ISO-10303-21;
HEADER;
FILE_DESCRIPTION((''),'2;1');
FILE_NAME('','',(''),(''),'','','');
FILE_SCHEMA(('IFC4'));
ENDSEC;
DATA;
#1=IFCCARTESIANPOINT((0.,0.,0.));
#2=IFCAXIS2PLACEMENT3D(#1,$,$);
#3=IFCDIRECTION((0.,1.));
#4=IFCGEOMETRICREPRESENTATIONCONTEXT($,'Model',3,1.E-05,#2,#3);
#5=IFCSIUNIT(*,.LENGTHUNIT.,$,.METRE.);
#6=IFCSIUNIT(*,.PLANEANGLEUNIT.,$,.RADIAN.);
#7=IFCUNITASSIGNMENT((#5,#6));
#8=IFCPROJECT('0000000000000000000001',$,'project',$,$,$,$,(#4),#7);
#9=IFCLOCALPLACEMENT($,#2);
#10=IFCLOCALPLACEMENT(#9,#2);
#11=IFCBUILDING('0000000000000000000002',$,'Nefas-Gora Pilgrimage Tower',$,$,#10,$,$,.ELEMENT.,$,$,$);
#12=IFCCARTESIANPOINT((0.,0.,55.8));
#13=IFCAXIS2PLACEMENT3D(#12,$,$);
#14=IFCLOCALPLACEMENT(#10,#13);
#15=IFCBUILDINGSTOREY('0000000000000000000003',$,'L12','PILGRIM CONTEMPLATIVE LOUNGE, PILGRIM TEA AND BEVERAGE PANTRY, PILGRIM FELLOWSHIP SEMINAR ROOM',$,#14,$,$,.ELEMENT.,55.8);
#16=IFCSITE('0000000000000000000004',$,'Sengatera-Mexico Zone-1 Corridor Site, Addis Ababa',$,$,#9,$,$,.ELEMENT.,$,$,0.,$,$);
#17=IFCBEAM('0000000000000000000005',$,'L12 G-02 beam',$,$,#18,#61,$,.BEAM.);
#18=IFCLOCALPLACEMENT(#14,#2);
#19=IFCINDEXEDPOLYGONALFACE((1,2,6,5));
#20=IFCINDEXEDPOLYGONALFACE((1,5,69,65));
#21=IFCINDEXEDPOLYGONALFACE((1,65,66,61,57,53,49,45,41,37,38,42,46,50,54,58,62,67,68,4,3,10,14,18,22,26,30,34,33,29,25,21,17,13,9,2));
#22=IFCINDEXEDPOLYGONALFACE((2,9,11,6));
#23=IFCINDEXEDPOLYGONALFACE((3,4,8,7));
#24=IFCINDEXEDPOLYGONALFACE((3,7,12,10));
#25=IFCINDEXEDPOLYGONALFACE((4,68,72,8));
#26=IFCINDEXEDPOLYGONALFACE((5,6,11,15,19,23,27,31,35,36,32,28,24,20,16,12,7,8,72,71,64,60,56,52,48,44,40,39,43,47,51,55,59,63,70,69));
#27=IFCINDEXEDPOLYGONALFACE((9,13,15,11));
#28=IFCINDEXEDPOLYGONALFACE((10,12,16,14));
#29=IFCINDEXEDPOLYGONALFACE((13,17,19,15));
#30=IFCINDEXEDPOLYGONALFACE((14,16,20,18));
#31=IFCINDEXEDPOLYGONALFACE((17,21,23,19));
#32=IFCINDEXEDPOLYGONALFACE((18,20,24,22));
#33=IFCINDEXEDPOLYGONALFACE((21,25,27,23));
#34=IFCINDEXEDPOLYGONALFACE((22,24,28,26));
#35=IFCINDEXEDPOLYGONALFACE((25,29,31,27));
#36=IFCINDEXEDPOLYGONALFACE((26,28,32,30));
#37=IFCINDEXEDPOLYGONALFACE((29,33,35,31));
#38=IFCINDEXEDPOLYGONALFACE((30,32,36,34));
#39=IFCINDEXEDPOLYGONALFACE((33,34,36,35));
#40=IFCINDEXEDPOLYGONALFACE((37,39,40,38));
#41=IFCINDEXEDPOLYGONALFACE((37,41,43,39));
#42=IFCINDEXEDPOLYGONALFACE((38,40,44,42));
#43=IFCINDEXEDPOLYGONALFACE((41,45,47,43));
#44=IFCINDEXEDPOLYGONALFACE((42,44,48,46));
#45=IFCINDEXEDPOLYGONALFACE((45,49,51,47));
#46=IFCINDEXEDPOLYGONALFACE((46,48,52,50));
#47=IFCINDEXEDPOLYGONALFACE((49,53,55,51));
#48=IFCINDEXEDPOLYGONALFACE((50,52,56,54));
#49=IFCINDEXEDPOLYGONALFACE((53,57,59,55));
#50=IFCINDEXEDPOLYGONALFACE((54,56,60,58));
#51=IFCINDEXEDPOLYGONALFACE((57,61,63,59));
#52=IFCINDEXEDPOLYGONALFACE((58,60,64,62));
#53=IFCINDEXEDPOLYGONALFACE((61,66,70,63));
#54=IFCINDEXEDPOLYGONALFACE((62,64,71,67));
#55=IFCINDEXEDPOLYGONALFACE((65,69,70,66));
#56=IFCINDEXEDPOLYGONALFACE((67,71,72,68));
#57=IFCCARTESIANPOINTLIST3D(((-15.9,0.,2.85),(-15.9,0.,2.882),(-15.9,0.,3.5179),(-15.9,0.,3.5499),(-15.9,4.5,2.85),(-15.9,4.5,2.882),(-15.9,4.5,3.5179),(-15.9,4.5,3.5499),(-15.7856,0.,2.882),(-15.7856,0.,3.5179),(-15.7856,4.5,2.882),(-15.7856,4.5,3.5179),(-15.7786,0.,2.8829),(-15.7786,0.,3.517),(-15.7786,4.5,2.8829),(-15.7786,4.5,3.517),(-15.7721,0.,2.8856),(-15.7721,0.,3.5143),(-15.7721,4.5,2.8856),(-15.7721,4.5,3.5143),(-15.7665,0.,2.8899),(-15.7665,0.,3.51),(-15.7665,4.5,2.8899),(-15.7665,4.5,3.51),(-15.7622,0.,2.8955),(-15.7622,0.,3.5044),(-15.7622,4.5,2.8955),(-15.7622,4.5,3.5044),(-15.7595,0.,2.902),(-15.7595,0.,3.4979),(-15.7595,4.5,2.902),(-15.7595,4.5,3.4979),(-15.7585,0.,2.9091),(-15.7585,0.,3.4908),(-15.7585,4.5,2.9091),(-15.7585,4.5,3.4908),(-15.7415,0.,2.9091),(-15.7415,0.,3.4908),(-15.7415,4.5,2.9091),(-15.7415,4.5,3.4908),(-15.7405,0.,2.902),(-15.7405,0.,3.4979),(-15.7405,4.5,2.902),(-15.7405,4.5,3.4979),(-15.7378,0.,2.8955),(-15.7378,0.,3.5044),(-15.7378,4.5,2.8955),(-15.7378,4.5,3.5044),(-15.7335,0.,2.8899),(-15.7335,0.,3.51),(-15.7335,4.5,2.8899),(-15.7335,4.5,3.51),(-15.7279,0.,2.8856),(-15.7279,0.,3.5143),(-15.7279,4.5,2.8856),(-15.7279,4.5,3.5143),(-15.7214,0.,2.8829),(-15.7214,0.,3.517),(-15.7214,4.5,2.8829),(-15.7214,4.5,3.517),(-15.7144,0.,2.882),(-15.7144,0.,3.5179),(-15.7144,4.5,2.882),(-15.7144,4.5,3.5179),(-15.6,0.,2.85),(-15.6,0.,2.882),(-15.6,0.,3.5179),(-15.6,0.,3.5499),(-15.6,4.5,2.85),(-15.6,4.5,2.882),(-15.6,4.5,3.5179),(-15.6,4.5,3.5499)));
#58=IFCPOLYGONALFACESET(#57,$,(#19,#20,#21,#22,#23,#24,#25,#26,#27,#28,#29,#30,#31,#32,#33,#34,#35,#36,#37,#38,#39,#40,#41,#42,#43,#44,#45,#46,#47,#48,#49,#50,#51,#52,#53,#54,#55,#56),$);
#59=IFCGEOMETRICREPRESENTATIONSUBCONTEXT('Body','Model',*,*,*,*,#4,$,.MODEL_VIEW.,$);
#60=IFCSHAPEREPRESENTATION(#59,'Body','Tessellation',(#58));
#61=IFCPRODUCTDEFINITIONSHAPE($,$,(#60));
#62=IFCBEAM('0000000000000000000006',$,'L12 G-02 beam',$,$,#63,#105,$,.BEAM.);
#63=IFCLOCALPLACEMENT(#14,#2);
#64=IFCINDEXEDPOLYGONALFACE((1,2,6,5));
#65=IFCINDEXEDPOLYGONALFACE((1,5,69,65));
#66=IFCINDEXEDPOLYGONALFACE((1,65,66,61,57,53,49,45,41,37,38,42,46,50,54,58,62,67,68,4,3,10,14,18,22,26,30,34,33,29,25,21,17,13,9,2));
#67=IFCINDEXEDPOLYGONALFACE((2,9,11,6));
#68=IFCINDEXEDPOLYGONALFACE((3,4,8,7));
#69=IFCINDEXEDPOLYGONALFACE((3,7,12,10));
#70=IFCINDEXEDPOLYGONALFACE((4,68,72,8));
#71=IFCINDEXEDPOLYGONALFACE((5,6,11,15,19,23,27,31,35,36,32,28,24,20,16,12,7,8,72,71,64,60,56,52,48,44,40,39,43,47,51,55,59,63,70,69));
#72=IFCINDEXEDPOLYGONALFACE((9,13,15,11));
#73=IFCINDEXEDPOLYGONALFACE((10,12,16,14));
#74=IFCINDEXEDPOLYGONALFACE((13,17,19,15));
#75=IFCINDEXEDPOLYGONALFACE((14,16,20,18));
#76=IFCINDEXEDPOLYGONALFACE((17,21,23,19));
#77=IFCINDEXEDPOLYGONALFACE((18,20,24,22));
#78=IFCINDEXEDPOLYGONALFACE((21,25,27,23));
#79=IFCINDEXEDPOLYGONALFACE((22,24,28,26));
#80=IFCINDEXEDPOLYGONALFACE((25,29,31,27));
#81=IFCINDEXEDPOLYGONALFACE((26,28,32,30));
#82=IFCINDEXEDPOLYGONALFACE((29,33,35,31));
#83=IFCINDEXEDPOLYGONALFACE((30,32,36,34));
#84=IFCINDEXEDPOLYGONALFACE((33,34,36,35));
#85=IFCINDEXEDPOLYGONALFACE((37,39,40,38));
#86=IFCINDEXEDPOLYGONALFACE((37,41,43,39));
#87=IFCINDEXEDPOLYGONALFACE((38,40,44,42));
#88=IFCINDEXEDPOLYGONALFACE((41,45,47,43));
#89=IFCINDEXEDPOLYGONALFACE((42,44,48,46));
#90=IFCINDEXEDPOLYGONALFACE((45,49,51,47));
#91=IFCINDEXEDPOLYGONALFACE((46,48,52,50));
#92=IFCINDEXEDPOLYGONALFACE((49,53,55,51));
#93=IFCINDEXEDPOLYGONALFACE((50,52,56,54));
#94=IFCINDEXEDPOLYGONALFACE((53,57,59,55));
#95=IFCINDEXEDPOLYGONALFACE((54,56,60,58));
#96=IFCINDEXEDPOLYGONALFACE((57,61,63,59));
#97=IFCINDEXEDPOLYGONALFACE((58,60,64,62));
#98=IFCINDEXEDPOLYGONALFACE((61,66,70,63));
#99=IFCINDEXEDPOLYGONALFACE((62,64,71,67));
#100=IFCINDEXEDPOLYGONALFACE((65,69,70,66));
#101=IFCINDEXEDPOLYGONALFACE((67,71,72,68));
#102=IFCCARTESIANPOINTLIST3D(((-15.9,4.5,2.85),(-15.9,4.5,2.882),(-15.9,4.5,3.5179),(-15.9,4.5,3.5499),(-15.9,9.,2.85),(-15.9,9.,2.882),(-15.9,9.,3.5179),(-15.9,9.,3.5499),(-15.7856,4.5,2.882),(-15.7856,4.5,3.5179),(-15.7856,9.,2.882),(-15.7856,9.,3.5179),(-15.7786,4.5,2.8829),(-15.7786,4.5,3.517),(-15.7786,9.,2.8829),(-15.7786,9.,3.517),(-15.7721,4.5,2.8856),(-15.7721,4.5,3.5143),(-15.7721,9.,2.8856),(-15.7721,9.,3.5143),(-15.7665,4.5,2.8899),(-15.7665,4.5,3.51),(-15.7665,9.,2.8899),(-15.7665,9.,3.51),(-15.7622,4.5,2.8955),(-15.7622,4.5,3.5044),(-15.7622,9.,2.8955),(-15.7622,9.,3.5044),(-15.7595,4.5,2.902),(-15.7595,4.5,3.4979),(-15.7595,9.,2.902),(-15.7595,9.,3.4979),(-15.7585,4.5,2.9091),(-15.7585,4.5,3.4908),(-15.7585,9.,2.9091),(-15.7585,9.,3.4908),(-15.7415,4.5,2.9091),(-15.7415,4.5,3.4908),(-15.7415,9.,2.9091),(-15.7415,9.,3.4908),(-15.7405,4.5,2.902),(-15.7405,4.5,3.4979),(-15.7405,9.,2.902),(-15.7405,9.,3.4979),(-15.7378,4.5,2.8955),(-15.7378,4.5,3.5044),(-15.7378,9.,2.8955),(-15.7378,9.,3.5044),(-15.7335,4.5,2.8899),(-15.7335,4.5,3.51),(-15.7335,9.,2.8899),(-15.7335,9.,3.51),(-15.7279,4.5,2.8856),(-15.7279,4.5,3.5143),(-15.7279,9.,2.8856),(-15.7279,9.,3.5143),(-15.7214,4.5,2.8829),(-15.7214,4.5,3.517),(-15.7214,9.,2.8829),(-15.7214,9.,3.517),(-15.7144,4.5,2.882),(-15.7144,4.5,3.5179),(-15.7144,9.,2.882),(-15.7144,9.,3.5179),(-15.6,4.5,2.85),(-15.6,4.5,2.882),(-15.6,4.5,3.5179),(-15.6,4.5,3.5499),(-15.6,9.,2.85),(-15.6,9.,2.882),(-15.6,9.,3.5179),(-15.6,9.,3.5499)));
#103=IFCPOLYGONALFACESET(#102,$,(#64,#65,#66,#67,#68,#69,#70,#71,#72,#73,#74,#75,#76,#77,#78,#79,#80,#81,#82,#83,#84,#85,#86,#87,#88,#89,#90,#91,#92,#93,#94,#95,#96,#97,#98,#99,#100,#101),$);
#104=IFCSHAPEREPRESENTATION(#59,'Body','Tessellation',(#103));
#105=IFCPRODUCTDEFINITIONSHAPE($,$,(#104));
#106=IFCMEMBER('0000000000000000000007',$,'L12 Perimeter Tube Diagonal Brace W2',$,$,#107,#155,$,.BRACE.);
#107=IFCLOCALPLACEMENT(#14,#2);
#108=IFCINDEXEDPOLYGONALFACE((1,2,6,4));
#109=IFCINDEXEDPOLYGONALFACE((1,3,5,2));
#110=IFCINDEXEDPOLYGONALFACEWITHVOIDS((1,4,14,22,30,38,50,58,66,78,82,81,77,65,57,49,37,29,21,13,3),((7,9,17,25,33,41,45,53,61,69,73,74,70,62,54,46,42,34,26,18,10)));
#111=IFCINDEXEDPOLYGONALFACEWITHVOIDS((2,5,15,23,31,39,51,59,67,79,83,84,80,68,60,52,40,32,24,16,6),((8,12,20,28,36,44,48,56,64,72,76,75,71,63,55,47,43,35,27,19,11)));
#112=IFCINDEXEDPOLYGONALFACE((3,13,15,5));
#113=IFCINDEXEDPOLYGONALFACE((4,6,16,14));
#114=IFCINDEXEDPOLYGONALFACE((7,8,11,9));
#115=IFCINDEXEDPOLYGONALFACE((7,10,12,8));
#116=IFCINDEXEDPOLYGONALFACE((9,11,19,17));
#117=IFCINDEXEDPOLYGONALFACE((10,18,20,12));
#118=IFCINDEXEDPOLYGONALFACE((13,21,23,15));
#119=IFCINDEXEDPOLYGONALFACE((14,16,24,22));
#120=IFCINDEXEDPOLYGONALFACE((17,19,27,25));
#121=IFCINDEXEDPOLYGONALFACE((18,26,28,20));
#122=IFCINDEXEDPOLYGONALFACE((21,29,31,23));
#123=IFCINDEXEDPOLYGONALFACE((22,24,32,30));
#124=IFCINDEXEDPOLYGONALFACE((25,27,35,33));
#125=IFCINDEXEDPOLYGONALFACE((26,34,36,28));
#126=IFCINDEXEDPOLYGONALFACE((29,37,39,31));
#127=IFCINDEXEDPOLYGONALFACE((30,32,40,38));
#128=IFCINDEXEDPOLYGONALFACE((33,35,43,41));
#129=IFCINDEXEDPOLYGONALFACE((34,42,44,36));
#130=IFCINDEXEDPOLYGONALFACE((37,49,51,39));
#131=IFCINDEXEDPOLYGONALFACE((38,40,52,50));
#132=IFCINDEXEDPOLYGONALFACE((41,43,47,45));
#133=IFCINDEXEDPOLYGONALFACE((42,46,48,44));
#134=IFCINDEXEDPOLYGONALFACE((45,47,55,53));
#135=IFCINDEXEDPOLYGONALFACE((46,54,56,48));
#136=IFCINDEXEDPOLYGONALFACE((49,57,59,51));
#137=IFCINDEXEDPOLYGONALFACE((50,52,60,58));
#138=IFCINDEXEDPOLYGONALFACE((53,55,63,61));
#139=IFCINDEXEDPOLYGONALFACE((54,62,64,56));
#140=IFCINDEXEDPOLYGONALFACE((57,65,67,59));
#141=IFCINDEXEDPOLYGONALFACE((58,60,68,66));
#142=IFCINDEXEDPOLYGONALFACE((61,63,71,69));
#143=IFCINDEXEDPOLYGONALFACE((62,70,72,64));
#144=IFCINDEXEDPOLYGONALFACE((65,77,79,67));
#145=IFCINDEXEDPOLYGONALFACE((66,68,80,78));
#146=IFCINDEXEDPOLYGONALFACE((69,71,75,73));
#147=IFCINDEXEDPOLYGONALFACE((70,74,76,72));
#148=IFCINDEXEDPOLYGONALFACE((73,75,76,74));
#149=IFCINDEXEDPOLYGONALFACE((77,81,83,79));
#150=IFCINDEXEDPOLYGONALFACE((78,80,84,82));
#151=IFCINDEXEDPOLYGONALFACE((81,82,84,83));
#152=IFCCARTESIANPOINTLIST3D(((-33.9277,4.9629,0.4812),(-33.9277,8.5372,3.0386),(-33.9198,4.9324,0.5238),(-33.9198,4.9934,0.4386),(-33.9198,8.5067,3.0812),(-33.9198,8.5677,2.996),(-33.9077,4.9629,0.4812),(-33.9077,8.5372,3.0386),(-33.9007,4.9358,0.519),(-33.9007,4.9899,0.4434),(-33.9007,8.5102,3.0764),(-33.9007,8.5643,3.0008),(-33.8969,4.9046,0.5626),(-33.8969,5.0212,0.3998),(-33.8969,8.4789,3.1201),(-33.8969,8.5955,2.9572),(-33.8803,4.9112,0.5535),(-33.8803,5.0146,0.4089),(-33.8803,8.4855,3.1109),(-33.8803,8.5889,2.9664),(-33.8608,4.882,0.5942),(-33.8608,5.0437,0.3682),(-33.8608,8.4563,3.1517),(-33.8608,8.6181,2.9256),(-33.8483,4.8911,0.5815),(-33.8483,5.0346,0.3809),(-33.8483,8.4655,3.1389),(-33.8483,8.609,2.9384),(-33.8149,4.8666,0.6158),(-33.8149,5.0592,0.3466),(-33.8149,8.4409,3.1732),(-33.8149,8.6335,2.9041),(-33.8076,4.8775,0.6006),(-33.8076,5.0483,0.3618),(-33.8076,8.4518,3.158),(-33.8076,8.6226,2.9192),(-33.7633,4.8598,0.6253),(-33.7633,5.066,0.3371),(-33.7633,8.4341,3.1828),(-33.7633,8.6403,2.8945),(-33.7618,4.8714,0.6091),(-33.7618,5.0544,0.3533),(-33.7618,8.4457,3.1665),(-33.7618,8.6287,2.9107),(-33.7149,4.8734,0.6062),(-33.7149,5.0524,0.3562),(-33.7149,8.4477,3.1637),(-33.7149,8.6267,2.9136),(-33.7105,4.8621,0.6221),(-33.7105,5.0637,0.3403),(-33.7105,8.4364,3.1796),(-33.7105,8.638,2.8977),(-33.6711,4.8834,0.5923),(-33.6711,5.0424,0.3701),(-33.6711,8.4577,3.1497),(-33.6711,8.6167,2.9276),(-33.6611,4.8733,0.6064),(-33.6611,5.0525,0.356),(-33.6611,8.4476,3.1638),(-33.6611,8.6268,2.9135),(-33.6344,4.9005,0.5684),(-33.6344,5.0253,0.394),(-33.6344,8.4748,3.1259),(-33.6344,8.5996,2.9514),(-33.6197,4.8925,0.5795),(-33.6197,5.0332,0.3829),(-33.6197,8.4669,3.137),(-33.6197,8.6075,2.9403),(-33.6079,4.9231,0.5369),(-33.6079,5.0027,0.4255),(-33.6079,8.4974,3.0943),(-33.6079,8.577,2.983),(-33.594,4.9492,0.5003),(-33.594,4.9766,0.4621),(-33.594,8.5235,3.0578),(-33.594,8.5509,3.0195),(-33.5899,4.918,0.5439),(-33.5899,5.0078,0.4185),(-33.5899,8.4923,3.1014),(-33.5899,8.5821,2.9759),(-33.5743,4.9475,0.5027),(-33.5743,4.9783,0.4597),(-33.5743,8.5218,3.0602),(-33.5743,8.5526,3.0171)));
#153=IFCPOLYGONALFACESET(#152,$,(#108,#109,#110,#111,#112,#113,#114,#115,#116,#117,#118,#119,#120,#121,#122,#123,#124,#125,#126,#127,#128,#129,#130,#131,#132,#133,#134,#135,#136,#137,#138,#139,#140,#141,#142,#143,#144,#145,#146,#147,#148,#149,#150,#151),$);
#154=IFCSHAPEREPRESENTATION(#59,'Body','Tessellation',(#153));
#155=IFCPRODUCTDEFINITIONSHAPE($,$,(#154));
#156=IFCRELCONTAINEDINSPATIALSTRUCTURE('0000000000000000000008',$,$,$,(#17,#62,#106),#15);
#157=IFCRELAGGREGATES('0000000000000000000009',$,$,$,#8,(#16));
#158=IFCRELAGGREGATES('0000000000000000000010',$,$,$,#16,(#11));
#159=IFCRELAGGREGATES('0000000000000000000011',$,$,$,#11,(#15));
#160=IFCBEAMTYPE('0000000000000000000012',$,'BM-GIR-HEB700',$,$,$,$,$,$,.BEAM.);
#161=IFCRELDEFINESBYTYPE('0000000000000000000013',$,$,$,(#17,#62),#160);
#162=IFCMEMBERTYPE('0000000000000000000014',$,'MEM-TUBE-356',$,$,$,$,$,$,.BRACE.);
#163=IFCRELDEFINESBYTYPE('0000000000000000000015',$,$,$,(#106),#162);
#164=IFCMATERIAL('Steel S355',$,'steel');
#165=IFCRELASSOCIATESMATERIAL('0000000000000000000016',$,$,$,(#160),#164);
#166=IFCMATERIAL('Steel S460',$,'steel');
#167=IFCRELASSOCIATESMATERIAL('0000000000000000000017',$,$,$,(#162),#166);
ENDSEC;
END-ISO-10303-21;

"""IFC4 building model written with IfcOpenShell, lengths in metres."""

from ifc_helpers import new_model, si_unit, direction, frame, origin, origin_2d, place, context, subcontext, project, spatial, hollow_circle, i_section, extrude, source, transform, mapped, material, material_profile, profile_set, type_object, element, save


model = new_model("IFC4")

# Units and contexts
model_context = context("Model", 3, precision=1e-05, world=origin(), true_north=direction((0.0, 1.0)))
body_context = subcontext(model_context, "Body", "Model", "MODEL_VIEW")
ifc_project = project(units=[si_unit("LENGTHUNIT", "METRE"), si_unit("PLANEANGLEUNIT", "RADIAN")], contexts=[model_context])

# Site, building, storey
site_placement = place(None, origin())
site = spatial("IfcSite", under=ifc_project, at=site_placement, Name="Sengatera-Mexico Zone-1 Corridor Site, Addis Ababa", CompositionType="ELEMENT", RefElevation=0.0)
building_placement = place(site_placement, origin())
building = spatial("IfcBuilding", under=site, at=building_placement, Name="Nefas-Gora Pilgrimage Tower", CompositionType="ELEMENT")
storey_placement = place(building_placement, frame((0.0, 0.0, 55.8)))
storey = spatial("IfcBuildingStorey", under=building, at=storey_placement, Name="L12", Description="PILGRIM CONTEMPLATIVE LOUNGE, PILGRIM TEA AND BEVERAGE PANTRY, PILGRIM FELLOWSHIP SEMINAR ROOM", CompositionType="ELEMENT", Elevation=55.8)

# Shared definitions
ifc_material_1 = material(Name="Steel S460", Category="steel")

# Beams
ifc_material_2 = material(Name="Steel S355", Category="steel")
ifc_material_profile_1 = material_profile(ifc_material_2, i_section(OverallWidth=0.3, OverallDepth=0.7, WebThickness=0.0171, FlangeThickness=0.032, FilletRadius=0.0271, at=origin_2d()), Name="HEB 700")
ifc_profile_set_1 = profile_set([ifc_material_profile_1], Name="Steel S355")
beam_type_1 = type_object("IfcBeamType", Name="BM-GIR-HEB700", PredefinedType="BEAM", material=ifc_profile_set_1)
shared_shape_1 = source(origin(), body_context, "Body", "SweptSolid", [
    extrude(i_section(OverallWidth=0.3, OverallDepth=0.7, WebThickness=0.0171, FlangeThickness=0.032, FilletRadius=0.0271, at=origin_2d()), origin(), (0.0, 0.0, 1.0), 4.5),
])
for number, where, z_axis, x_axis, name in (
    (1, (-15.75, 0.0, 3.2), (0.0, 1.0, 0.0), (-1.0, 0.0, 0.0), "L12 G-02 beam"),
    (2, (-15.75, 4.5, 3.2), (0.0, 1.0, 0.0), (-1.0, 0.0, 0.0), "L12 G-02 beam"),
):
    element("IfcBeam", number, at=place(storey_placement, frame(where, z_axis=z_axis, x_axis=x_axis)), inside=storey, type_object=beam_type_1, Name=name, PredefinedType="BEAM", context=body_context, shape_type="MappedRepresentation", body=[
        mapped(shared_shape_1, transform((0.0, 0.0, 0.0), x_axis=(1.0, 0.0, 0.0), y_axis=(0.0, 1.0, 0.0), z_axis=(0.0, 0.0, 1.0), scale=1.0)),
    ])

# Member
ifc_material_profile_2 = material_profile(ifc_material_1, hollow_circle(Radius=0.1777, WallThickness=0.02, at=origin_2d()), Name="CHS 355.6x20")
ifc_profile_set_2 = profile_set([ifc_material_profile_2], Name="Steel S460")
member_type_1 = type_object("IfcMemberType", Name="MEM-TUBE-356", PredefinedType="BRACE", material=ifc_profile_set_2)
shared_shape_2 = source(origin(), body_context, "Body", "SweptSolid", [
    extrude(hollow_circle(Radius=0.1777, WallThickness=0.02, at=origin_2d()), origin(), (0.0, 0.0, 1.0), 4.395),
])
member_1_placement = place(storey_placement, frame((-33.75, 4.9629, 0.4812), z_axis=(0.0, 0.813264, 0.581895), x_axis=(-1.0, 0.0, 0.0)))
element("IfcMember", 3, at=member_1_placement, inside=storey, type_object=member_type_1, Name="L12 Perimeter Tube Diagonal Brace W2", PredefinedType="BRACE", context=body_context, shape_type="MappedRepresentation", body=[
    mapped(shared_shape_2, transform((0.0, 0.0, 0.0), x_axis=(1.0, 0.0, 0.0), y_axis=(0.0, 1.0, 0.0), z_axis=(0.0, 0.0, 1.0), scale=1.0)),
])

save(model, "model.ifc")
